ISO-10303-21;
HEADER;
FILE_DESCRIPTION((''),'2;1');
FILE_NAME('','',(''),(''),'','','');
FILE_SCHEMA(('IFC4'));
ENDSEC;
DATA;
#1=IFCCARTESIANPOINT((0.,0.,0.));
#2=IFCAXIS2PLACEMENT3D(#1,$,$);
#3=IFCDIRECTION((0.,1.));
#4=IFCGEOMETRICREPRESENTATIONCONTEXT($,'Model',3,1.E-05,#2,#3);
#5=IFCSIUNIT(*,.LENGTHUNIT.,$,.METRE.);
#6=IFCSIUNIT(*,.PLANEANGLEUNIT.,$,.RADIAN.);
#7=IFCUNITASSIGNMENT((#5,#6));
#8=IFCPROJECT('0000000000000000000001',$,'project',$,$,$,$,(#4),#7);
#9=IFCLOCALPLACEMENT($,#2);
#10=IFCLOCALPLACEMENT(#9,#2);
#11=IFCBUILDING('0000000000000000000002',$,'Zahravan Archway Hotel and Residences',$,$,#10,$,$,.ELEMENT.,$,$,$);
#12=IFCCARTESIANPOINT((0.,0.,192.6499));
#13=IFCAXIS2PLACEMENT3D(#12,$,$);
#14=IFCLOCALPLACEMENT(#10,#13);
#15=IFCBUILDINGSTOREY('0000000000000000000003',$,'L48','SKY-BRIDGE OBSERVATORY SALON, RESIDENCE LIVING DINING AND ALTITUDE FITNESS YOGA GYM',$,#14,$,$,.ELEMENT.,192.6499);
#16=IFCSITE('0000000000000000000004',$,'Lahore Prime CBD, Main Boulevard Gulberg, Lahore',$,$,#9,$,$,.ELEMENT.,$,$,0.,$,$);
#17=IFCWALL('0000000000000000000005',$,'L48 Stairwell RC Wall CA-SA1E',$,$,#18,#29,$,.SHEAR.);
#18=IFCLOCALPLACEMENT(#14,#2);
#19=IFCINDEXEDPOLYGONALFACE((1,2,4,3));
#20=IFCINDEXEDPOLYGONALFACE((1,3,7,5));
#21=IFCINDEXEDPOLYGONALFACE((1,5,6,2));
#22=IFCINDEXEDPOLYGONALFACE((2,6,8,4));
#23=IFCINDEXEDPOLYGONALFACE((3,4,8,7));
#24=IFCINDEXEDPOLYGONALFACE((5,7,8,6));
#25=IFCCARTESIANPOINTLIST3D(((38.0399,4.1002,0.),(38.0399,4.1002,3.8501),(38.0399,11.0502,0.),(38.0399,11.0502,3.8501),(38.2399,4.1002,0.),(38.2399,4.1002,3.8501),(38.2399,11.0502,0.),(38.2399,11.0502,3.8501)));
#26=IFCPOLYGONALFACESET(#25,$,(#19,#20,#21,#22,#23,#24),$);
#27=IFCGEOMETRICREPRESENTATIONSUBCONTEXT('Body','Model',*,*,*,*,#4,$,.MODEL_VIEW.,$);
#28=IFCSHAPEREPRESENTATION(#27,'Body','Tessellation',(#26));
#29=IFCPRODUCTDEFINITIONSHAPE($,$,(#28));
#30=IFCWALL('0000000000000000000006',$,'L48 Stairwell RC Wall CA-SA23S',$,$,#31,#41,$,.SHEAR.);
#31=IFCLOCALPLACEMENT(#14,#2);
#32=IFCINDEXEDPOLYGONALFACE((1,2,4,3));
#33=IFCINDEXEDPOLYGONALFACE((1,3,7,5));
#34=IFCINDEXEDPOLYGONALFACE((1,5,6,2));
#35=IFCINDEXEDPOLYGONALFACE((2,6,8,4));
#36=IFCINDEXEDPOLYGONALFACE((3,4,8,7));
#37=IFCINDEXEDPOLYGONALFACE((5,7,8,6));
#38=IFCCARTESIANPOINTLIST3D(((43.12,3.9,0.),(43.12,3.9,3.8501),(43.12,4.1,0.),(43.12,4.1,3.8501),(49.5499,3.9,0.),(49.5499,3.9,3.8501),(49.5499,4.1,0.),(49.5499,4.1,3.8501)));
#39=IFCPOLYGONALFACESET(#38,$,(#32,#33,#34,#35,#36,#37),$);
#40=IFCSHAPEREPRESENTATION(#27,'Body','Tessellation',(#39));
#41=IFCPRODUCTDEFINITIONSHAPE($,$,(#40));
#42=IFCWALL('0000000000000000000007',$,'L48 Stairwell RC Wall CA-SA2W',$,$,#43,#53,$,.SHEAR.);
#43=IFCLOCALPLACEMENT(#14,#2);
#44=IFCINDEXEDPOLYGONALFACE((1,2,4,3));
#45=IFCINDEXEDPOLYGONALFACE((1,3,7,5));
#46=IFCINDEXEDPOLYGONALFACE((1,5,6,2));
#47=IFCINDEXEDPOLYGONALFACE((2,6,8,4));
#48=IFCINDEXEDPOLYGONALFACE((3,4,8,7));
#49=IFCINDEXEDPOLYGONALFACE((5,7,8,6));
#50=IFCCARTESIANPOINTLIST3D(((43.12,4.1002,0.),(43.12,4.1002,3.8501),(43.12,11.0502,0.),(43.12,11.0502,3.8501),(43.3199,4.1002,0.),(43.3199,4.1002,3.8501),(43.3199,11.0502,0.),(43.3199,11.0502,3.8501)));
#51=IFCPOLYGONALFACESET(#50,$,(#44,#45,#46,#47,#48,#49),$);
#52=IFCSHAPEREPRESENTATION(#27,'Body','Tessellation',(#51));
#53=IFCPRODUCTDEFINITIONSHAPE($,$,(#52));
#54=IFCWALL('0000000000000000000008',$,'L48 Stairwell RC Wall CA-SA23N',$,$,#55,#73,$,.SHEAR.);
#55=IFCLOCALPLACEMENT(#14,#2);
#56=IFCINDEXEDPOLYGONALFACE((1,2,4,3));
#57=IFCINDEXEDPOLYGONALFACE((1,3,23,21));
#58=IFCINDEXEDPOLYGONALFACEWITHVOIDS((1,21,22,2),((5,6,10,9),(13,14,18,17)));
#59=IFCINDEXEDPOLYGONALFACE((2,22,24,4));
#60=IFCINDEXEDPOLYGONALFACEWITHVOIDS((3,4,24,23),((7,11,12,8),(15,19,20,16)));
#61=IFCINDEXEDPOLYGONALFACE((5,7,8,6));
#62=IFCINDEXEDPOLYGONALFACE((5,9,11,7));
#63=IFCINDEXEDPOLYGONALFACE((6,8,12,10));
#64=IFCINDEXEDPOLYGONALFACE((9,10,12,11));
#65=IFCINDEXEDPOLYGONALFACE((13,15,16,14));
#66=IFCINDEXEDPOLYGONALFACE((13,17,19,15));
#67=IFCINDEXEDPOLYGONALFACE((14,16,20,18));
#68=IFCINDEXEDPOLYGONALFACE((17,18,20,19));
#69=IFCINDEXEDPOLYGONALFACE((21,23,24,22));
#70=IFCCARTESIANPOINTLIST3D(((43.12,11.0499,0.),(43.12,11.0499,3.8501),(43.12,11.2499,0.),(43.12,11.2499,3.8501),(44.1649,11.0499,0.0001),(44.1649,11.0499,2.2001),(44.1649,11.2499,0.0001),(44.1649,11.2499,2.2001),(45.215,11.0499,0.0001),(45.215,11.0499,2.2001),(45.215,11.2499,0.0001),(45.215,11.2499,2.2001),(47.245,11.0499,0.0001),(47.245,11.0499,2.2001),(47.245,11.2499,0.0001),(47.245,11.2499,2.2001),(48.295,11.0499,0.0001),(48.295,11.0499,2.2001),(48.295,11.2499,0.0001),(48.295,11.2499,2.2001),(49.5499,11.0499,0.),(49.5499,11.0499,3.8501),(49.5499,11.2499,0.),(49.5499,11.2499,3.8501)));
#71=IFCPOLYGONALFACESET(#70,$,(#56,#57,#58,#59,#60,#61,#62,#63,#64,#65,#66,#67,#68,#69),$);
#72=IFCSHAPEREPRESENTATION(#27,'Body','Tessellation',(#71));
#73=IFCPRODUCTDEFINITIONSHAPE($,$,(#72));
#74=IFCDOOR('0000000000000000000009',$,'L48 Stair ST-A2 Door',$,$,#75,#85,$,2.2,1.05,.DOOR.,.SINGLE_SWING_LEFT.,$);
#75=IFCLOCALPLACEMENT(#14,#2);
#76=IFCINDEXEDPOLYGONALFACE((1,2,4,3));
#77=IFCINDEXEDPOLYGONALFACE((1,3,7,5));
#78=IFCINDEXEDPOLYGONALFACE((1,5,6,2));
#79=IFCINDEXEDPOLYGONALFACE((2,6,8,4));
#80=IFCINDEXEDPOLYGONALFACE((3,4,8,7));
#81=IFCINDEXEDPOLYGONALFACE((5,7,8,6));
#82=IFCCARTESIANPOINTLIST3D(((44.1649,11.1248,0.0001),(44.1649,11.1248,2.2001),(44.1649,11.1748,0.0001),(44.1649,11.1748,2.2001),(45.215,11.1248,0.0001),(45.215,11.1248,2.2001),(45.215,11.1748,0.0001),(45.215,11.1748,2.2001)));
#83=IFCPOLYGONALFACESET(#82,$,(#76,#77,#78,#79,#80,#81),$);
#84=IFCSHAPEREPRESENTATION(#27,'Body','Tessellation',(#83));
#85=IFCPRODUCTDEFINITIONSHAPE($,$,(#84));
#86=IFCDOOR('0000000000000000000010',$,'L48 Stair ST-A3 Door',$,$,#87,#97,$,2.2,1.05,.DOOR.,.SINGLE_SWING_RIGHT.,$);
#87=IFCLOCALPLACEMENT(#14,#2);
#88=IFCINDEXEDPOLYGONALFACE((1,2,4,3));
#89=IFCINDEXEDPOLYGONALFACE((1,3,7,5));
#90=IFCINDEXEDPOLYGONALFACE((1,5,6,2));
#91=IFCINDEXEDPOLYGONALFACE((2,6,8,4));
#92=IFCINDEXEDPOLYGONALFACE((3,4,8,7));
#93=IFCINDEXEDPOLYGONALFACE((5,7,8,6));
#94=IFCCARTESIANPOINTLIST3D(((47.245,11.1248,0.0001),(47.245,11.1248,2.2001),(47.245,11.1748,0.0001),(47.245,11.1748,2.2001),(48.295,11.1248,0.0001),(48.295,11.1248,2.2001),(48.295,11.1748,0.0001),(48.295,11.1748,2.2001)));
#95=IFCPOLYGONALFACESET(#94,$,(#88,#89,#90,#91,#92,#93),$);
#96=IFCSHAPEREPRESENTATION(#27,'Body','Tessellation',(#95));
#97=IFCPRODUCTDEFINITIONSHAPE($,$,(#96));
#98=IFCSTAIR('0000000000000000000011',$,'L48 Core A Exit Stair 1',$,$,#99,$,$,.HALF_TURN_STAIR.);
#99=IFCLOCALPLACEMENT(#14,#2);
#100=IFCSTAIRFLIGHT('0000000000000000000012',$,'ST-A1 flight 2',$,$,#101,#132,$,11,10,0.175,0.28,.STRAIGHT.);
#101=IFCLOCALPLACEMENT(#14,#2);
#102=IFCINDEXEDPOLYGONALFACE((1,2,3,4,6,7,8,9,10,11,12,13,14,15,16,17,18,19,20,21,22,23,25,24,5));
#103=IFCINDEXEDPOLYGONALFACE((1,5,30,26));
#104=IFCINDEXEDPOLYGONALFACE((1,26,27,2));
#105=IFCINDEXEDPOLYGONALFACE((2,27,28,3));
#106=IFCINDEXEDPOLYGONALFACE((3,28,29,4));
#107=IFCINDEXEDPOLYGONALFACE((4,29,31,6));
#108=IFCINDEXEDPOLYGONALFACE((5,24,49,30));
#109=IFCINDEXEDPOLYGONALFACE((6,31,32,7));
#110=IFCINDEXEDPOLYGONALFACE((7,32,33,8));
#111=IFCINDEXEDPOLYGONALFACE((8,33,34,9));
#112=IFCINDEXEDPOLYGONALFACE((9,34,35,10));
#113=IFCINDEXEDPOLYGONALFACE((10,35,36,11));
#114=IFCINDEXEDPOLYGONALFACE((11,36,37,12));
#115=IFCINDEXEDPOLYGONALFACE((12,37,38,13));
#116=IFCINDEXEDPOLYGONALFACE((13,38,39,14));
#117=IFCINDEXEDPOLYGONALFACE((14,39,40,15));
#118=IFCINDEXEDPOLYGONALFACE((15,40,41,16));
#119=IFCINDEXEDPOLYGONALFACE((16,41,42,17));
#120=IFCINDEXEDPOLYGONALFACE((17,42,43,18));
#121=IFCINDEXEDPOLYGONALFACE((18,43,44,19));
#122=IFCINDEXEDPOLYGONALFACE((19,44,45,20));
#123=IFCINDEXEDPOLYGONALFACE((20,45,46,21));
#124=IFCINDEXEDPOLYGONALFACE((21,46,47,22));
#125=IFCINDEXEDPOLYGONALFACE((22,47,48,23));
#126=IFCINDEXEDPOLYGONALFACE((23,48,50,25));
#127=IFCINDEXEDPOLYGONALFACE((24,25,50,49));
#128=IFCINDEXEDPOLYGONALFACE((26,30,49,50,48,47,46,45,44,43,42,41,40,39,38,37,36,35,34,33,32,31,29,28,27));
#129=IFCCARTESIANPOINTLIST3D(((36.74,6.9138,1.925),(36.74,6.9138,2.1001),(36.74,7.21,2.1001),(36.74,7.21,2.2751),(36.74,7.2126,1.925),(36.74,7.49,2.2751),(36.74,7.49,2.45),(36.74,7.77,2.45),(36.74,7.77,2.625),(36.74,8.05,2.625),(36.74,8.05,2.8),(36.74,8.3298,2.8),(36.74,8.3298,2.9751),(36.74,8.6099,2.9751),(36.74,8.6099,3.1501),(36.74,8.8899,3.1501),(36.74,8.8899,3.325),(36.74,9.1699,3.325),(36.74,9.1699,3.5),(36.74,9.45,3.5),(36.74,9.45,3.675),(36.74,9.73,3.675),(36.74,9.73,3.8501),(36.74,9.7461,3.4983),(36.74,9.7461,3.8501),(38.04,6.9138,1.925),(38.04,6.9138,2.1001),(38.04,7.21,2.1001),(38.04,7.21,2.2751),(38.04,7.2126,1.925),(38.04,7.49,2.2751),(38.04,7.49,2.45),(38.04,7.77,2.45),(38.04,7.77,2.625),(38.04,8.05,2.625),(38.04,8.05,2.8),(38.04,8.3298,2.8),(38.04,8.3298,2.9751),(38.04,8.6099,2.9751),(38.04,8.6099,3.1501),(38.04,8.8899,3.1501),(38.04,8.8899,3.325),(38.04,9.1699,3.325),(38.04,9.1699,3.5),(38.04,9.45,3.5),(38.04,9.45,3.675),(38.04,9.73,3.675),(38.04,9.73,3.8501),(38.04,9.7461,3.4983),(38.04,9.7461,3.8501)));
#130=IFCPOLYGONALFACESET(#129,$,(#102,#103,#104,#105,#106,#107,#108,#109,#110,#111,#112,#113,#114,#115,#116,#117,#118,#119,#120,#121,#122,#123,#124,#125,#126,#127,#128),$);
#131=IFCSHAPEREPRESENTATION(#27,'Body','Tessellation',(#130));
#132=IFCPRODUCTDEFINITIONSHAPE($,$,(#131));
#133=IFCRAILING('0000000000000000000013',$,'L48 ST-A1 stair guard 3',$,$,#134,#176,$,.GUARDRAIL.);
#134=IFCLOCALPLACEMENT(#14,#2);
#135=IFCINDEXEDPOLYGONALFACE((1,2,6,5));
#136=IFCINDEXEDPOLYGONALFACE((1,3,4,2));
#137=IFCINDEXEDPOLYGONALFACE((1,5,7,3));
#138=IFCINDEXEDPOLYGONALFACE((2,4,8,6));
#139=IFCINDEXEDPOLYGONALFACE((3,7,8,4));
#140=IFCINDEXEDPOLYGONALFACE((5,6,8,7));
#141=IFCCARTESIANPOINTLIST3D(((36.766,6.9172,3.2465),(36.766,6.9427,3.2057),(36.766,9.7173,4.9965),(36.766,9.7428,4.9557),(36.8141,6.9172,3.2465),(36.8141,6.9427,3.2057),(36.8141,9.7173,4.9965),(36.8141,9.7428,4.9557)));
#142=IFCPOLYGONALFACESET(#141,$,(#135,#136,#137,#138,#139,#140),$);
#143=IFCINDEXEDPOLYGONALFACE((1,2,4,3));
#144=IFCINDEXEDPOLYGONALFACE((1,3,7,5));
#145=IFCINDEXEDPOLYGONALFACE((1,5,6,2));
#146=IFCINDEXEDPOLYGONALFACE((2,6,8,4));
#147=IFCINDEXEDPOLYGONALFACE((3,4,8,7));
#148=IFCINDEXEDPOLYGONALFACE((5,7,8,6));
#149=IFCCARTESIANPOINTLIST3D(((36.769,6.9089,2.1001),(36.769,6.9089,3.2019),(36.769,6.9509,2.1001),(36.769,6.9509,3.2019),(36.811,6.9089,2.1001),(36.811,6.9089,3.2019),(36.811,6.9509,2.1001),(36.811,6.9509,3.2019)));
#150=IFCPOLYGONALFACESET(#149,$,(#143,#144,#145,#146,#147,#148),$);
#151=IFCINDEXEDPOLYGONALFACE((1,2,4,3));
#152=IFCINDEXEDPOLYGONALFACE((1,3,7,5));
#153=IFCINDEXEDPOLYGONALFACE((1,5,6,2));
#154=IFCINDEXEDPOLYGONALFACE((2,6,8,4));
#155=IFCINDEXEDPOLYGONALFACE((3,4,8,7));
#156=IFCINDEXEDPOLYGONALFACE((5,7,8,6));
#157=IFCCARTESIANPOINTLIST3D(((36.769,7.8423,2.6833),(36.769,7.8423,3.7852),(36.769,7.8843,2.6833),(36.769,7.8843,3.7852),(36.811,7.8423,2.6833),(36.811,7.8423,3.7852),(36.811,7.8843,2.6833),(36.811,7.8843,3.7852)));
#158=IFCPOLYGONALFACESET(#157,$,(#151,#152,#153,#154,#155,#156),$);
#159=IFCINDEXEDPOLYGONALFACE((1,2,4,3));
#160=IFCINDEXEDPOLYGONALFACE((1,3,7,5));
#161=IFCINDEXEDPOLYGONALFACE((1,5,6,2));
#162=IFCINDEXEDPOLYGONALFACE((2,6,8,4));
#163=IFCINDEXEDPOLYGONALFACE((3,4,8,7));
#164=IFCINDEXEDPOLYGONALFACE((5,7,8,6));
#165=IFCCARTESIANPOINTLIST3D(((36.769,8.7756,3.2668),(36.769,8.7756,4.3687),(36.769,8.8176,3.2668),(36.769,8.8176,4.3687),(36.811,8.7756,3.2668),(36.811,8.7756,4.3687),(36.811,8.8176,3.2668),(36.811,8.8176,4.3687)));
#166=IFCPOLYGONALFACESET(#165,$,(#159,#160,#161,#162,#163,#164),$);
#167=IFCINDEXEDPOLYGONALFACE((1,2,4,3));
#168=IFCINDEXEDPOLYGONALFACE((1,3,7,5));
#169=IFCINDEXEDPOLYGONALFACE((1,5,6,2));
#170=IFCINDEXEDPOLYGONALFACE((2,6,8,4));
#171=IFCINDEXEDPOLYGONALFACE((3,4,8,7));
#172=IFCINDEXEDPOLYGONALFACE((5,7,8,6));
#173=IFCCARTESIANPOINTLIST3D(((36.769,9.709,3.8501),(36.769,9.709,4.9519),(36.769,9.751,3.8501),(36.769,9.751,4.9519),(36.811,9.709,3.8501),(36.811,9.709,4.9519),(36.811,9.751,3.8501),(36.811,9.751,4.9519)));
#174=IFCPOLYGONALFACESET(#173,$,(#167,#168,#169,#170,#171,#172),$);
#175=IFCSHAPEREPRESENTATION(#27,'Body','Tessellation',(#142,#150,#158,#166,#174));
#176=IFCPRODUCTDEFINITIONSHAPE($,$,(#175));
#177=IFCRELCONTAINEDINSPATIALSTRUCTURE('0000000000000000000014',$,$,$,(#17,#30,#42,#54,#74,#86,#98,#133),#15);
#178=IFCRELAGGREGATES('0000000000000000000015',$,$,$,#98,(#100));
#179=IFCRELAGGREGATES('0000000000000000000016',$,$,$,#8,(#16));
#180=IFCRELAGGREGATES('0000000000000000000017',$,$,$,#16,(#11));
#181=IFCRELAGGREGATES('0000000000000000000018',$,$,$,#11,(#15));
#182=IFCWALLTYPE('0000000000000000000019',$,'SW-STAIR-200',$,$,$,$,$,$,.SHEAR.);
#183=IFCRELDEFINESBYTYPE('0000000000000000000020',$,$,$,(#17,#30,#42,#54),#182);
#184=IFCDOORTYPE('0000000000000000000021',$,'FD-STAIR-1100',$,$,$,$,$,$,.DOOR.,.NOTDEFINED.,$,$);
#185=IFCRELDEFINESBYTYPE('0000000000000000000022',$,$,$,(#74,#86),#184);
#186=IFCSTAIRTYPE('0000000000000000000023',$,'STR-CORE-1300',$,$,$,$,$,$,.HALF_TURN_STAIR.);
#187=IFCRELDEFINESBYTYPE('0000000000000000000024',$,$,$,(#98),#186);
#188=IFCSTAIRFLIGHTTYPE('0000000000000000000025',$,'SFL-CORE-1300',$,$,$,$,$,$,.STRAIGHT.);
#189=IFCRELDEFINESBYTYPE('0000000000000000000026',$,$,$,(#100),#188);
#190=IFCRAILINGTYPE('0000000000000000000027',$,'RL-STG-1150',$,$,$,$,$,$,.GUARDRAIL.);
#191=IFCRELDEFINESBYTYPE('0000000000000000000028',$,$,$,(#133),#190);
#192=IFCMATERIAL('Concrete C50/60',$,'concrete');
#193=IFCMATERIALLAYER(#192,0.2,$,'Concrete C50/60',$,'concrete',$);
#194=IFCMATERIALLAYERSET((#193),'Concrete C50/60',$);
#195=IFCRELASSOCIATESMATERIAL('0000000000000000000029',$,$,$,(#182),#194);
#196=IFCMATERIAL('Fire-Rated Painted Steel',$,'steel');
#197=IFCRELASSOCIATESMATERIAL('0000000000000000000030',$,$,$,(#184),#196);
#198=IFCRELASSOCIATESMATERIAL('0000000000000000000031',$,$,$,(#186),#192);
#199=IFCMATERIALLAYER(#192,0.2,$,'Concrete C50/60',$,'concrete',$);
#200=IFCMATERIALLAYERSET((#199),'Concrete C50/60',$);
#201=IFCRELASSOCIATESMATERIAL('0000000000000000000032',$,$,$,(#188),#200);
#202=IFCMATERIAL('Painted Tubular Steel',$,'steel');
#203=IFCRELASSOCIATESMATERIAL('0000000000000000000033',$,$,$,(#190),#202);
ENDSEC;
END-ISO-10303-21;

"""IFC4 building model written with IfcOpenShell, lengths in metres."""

from ifc_helpers import new_model, si_unit, direction, frame, frame_2d, origin, origin_2d, place, context, subcontext, project, spatial, polyline, rectangle, outline, extrude, source, transform, mapped, material, layer, layer_set, type_object, type_shapes, element, fill, aggregate, save


model = new_model("IFC4")

# Units and contexts
model_context = context("Model", 3, precision=1e-05, world=origin(), true_north=direction((0.0, 1.0)))
body_context = subcontext(model_context, "Body", "Model", "MODEL_VIEW")
ifc_project = project(units=[si_unit("LENGTHUNIT", "METRE"), si_unit("PLANEANGLEUNIT", "RADIAN")], contexts=[model_context])

# Site, building, storey
site_placement = place(None, origin())
site = spatial("IfcSite", under=ifc_project, at=site_placement, Name="Lahore Prime CBD, Main Boulevard Gulberg, Lahore", CompositionType="ELEMENT", RefElevation=0.0)
building_placement = place(site_placement, origin())
building = spatial("IfcBuilding", under=site, at=building_placement, Name="Zahravan Archway Hotel and Residences", CompositionType="ELEMENT")
storey_placement = place(building_placement, frame((0.0, 0.0, 192.6499)))
storey = spatial("IfcBuildingStorey", under=building, at=storey_placement, Name="L48", Description="SKY-BRIDGE OBSERVATORY SALON, RESIDENCE LIVING DINING AND ALTITUDE FITNESS YOGA GYM", CompositionType="ELEMENT", Elevation=192.6499)

# Shared definitions
ifc_material_1 = material(Name="Fire-Rated Painted Steel", Category="steel")

# Walls
ifc_material_2 = material(Name="Concrete C50/60", Category="concrete")
ifc_layer_1 = layer(ifc_material_2, 0.2, Name="Concrete C50/60", Category="concrete")
ifc_layer_set_1 = layer_set([ifc_layer_1], Name="Concrete C50/60")
wall_type_1 = type_object("IfcWallType", Name="SW-STAIR-200", PredefinedType="SHEAR", material=ifc_layer_set_1)
wall_1_placement = place(storey_placement, frame((38.1399, 4.1001, 0.0), z_axis=(0.0, 0.0, 1.0), x_axis=(0.0, 1.0, 0.0)))
element("IfcWall", 1, at=wall_1_placement, inside=storey, type_object=wall_type_1, Name="L48 Stairwell RC Wall CA-SA1E", PredefinedType="SHEAR", context=body_context, shape_type="SweptSolid", body=[
    extrude(rectangle(XDim=6.95, YDim=0.2, at=frame_2d((3.4751, 0.0))), origin(), (0.0, 0.0, 1.0), 3.8501),
])
wall_2_placement = place(storey_placement, frame((43.1201, 4.0, 0.0), z_axis=(0.0, 0.0, 1.0), x_axis=(1.0, 0.0, 0.0)))
element("IfcWall", 2, at=wall_2_placement, inside=storey, type_object=wall_type_1, Name="L48 Stairwell RC Wall CA-SA23S", PredefinedType="SHEAR", context=body_context, shape_type="SweptSolid", body=[
    extrude(rectangle(XDim=6.4299, YDim=0.2, at=frame_2d((3.2148, 0.0))), origin(), (0.0, 0.0, 1.0), 3.8501),
])
wall_3_placement = place(storey_placement, frame((43.22, 4.1001, 0.0), z_axis=(0.0, 0.0, 1.0), x_axis=(0.0, 1.0, 0.0)))
element("IfcWall", 3, at=wall_3_placement, inside=storey, type_object=wall_type_1, Name="L48 Stairwell RC Wall CA-SA2W", PredefinedType="SHEAR", context=body_context, shape_type="SweptSolid", body=[
    extrude(rectangle(XDim=6.95, YDim=0.2, at=frame_2d((3.4751, 0.0))), origin(), (0.0, 0.0, 1.0), 3.8501),
])

# Wall, openings, doors
wall_4_placement = place(storey_placement, frame((43.1201, 11.1499, 0.0), z_axis=(0.0, 0.0, 1.0), x_axis=(1.0, 0.0, 0.0)))
wall_4 = element("IfcWall", 4, at=wall_4_placement, inside=storey, type_object=wall_type_1, Name="L48 Stairwell RC Wall CA-SA23N", PredefinedType="SHEAR", context=body_context, shape_type="SweptSolid", body=[
    extrude(rectangle(XDim=6.4299, YDim=0.2, at=frame_2d((3.2148, 0.0))), origin(), (0.0, 0.0, 1.0), 3.8501),
])
opening_1_placement = place(wall_4_placement, frame((1.0449, 0.0, 0.0)))
opening_1 = element("IfcOpeningElement", 5, at=opening_1_placement, cuts=wall_4, PredefinedType="OPENING", context=body_context, shape_type="SweptSolid", body=[
    extrude(rectangle(XDim=1.05, YDim=2.2, at=frame_2d((0.5249, 1.1001))), frame((0.0, 0.1099, 0.0), z_axis=(0.0, -1.0, 0.0), x_axis=(1.0, 0.0, 0.0)), (0.0, 0.0, 1.0), 0.22),
])
opening_2_placement = place(wall_4_placement, frame((4.125, 0.0, 0.0)))
opening_2 = element("IfcOpeningElement", 6, at=opening_2_placement, cuts=wall_4, PredefinedType="OPENING", context=body_context, shape_type="SweptSolid", body=[
    extrude(rectangle(XDim=1.05, YDim=2.2, at=frame_2d((0.5249, 1.1001))), frame((0.0, 0.1099, 0.0), z_axis=(0.0, -1.0, 0.0), x_axis=(1.0, 0.0, 0.0)), (0.0, 0.0, 1.0), 0.22),
])
door_type_1 = type_object("IfcDoorType", Name="FD-STAIR-1100", OperationType="NOTDEFINED", PredefinedType="DOOR", material=ifc_material_1)
shared_shape_1 = source(origin(), body_context, "Body", "SweptSolid", [
    extrude(rectangle(XDim=1.05, YDim=2.2, at=frame_2d((0.5249, 1.1001))), frame((0.0, 0.0249, 0.0), z_axis=(0.0, -1.0, 0.0), x_axis=(1.0, 0.0, 0.0)), (0.0, 0.0, 1.0), 0.05),
])
type_shapes(door_type_1, [shared_shape_1])
door_1_placement = place(opening_1_placement, origin())
door_1 = element("IfcDoor", 7, at=door_1_placement, inside=storey, type_object=door_type_1, Name="L48 Stair ST-A2 Door", OperationType="SINGLE_SWING_LEFT", OverallHeight=2.2, OverallWidth=1.05, PredefinedType="DOOR", context=body_context, shape_type="MappedRepresentation", body=[
    mapped(shared_shape_1, transform((0.0, 0.0, 0.0), scale=1.0)),
])
fill(opening_1, door_1)
door_2_placement = place(opening_2_placement, origin())
door_2 = element("IfcDoor", 8, at=door_2_placement, inside=storey, type_object=door_type_1, Name="L48 Stair ST-A3 Door", OperationType="SINGLE_SWING_RIGHT", OverallHeight=2.2, OverallWidth=1.05, PredefinedType="DOOR", context=body_context, shape_type="MappedRepresentation", body=[
    mapped(shared_shape_1, transform((0.0, 0.0, 0.0), scale=1.0)),
])
fill(opening_2, door_2)

# Stair, stair flight
stair_type = type_object("IfcStairType", Name="STR-CORE-1300", PredefinedType="HALF_TURN_STAIR", material=ifc_material_2)
stair_placement = place(storey_placement, origin())
stair = element("IfcStair", 9, at=stair_placement, inside=storey, type_object=stair_type, Name="L48 Core A Exit Stair 1", PredefinedType="HALF_TURN_STAIR")
ifc_layer_2 = layer(ifc_material_2, 0.2, Name="Concrete C50/60", Category="concrete")
ifc_layer_set_2 = layer_set([ifc_layer_2], Name="Concrete C50/60")
stair_flight_type = type_object("IfcStairFlightType", Name="SFL-CORE-1300", PredefinedType="STRAIGHT", material=ifc_layer_set_2)
shared_shape_2 = source(origin(), body_context, "Body", "SweptSolid", [
    extrude(outline(polyline([(-0.0161, 0.0), (-0.0161, 0.175), (0.28, 0.175), (0.28, 0.3501), (0.5601, 0.3501), (0.5601, 0.5249), (0.8401, 0.5249), (0.8401, 0.7), (1.1201, 0.7), (1.1201, 0.875), (1.3999, 0.875), (1.3999, 1.05), (1.6799, 1.05), (1.6799, 1.2251), (1.96, 1.2251), (1.96, 1.3999), (2.24, 1.3999), (2.24, 1.575), (2.52, 1.575), (2.52, 1.75), (2.8, 1.75), (2.8, 1.925), (2.8162, 1.925), (2.8162, 1.5732), (0.2827, 0.0), (-0.0161, 0.0)])), frame((0.0, 0.6499, 0.0), z_axis=(0.0, -1.0, 0.0), x_axis=(1.0, 0.0, 0.0)), (0.0, 0.0, 1.0), 1.3),
])
stair_flight_placement = place(storey_placement, frame((37.3899, 6.9299, 1.925), z_axis=(0.0, 0.0, 1.0), x_axis=(0.0, 1.0, 0.0)))
stair_flight = element("IfcStairFlight", 10, at=stair_flight_placement, type_object=stair_flight_type, Name="ST-A1 flight 2", NumberOfRisers=11, NumberOfTreads=10, PredefinedType="STRAIGHT", RiserHeight=0.175, TreadLength=0.28, context=body_context, shape_type="MappedRepresentation", body=[
    mapped(shared_shape_2, transform((0.0, 0.0, 0.0), scale=1.0)),
])
aggregate(stair, [stair_flight])

# Railing
ifc_material_3 = material(Name="Painted Tubular Steel", Category="steel")
railing_type_1 = type_object("IfcRailingType", Name="RL-STG-1150", PredefinedType="GUARDRAIL", material=ifc_material_3)
railing_1_placement = place(storey_placement, frame((36.79, 6.9299, 2.1001)))
element("IfcRailing", 11, at=railing_1_placement, inside=storey, type_object=railing_type_1, Name="L48 ST-A1 stair guard 3", PredefinedType="GUARDRAIL", context=body_context, shape_type="SweptSolid", body=[
    extrude(rectangle(XDim=0.0481, YDim=0.0481, at=origin_2d()), frame((0.0, 0.0, 1.126), z_axis=(0.0, 0.848002, 0.529992), x_axis=(-1.0, 0.0, 0.0)), (0.0, 0.0, 1.0), 3.302),
    extrude(rectangle(XDim=0.042, YDim=0.042, at=origin_2d()), origin(), (0.0, 0.0, 1.0), 1.1018),
    extrude(rectangle(XDim=0.042, YDim=0.042, at=origin_2d()), frame((0.0, 0.9333, 0.5833)), (0.0, 0.0, 1.0), 1.1018),
    extrude(rectangle(XDim=0.042, YDim=0.042, at=origin_2d()), frame((0.0, 1.8667, 1.1667)), (0.0, 0.0, 1.0), 1.1018),
    extrude(rectangle(XDim=0.042, YDim=0.042, at=origin_2d()), frame((0.0, 2.8, 1.75)), (0.0, 0.0, 1.0), 1.1018),
])

save(model, "model.ifc")
